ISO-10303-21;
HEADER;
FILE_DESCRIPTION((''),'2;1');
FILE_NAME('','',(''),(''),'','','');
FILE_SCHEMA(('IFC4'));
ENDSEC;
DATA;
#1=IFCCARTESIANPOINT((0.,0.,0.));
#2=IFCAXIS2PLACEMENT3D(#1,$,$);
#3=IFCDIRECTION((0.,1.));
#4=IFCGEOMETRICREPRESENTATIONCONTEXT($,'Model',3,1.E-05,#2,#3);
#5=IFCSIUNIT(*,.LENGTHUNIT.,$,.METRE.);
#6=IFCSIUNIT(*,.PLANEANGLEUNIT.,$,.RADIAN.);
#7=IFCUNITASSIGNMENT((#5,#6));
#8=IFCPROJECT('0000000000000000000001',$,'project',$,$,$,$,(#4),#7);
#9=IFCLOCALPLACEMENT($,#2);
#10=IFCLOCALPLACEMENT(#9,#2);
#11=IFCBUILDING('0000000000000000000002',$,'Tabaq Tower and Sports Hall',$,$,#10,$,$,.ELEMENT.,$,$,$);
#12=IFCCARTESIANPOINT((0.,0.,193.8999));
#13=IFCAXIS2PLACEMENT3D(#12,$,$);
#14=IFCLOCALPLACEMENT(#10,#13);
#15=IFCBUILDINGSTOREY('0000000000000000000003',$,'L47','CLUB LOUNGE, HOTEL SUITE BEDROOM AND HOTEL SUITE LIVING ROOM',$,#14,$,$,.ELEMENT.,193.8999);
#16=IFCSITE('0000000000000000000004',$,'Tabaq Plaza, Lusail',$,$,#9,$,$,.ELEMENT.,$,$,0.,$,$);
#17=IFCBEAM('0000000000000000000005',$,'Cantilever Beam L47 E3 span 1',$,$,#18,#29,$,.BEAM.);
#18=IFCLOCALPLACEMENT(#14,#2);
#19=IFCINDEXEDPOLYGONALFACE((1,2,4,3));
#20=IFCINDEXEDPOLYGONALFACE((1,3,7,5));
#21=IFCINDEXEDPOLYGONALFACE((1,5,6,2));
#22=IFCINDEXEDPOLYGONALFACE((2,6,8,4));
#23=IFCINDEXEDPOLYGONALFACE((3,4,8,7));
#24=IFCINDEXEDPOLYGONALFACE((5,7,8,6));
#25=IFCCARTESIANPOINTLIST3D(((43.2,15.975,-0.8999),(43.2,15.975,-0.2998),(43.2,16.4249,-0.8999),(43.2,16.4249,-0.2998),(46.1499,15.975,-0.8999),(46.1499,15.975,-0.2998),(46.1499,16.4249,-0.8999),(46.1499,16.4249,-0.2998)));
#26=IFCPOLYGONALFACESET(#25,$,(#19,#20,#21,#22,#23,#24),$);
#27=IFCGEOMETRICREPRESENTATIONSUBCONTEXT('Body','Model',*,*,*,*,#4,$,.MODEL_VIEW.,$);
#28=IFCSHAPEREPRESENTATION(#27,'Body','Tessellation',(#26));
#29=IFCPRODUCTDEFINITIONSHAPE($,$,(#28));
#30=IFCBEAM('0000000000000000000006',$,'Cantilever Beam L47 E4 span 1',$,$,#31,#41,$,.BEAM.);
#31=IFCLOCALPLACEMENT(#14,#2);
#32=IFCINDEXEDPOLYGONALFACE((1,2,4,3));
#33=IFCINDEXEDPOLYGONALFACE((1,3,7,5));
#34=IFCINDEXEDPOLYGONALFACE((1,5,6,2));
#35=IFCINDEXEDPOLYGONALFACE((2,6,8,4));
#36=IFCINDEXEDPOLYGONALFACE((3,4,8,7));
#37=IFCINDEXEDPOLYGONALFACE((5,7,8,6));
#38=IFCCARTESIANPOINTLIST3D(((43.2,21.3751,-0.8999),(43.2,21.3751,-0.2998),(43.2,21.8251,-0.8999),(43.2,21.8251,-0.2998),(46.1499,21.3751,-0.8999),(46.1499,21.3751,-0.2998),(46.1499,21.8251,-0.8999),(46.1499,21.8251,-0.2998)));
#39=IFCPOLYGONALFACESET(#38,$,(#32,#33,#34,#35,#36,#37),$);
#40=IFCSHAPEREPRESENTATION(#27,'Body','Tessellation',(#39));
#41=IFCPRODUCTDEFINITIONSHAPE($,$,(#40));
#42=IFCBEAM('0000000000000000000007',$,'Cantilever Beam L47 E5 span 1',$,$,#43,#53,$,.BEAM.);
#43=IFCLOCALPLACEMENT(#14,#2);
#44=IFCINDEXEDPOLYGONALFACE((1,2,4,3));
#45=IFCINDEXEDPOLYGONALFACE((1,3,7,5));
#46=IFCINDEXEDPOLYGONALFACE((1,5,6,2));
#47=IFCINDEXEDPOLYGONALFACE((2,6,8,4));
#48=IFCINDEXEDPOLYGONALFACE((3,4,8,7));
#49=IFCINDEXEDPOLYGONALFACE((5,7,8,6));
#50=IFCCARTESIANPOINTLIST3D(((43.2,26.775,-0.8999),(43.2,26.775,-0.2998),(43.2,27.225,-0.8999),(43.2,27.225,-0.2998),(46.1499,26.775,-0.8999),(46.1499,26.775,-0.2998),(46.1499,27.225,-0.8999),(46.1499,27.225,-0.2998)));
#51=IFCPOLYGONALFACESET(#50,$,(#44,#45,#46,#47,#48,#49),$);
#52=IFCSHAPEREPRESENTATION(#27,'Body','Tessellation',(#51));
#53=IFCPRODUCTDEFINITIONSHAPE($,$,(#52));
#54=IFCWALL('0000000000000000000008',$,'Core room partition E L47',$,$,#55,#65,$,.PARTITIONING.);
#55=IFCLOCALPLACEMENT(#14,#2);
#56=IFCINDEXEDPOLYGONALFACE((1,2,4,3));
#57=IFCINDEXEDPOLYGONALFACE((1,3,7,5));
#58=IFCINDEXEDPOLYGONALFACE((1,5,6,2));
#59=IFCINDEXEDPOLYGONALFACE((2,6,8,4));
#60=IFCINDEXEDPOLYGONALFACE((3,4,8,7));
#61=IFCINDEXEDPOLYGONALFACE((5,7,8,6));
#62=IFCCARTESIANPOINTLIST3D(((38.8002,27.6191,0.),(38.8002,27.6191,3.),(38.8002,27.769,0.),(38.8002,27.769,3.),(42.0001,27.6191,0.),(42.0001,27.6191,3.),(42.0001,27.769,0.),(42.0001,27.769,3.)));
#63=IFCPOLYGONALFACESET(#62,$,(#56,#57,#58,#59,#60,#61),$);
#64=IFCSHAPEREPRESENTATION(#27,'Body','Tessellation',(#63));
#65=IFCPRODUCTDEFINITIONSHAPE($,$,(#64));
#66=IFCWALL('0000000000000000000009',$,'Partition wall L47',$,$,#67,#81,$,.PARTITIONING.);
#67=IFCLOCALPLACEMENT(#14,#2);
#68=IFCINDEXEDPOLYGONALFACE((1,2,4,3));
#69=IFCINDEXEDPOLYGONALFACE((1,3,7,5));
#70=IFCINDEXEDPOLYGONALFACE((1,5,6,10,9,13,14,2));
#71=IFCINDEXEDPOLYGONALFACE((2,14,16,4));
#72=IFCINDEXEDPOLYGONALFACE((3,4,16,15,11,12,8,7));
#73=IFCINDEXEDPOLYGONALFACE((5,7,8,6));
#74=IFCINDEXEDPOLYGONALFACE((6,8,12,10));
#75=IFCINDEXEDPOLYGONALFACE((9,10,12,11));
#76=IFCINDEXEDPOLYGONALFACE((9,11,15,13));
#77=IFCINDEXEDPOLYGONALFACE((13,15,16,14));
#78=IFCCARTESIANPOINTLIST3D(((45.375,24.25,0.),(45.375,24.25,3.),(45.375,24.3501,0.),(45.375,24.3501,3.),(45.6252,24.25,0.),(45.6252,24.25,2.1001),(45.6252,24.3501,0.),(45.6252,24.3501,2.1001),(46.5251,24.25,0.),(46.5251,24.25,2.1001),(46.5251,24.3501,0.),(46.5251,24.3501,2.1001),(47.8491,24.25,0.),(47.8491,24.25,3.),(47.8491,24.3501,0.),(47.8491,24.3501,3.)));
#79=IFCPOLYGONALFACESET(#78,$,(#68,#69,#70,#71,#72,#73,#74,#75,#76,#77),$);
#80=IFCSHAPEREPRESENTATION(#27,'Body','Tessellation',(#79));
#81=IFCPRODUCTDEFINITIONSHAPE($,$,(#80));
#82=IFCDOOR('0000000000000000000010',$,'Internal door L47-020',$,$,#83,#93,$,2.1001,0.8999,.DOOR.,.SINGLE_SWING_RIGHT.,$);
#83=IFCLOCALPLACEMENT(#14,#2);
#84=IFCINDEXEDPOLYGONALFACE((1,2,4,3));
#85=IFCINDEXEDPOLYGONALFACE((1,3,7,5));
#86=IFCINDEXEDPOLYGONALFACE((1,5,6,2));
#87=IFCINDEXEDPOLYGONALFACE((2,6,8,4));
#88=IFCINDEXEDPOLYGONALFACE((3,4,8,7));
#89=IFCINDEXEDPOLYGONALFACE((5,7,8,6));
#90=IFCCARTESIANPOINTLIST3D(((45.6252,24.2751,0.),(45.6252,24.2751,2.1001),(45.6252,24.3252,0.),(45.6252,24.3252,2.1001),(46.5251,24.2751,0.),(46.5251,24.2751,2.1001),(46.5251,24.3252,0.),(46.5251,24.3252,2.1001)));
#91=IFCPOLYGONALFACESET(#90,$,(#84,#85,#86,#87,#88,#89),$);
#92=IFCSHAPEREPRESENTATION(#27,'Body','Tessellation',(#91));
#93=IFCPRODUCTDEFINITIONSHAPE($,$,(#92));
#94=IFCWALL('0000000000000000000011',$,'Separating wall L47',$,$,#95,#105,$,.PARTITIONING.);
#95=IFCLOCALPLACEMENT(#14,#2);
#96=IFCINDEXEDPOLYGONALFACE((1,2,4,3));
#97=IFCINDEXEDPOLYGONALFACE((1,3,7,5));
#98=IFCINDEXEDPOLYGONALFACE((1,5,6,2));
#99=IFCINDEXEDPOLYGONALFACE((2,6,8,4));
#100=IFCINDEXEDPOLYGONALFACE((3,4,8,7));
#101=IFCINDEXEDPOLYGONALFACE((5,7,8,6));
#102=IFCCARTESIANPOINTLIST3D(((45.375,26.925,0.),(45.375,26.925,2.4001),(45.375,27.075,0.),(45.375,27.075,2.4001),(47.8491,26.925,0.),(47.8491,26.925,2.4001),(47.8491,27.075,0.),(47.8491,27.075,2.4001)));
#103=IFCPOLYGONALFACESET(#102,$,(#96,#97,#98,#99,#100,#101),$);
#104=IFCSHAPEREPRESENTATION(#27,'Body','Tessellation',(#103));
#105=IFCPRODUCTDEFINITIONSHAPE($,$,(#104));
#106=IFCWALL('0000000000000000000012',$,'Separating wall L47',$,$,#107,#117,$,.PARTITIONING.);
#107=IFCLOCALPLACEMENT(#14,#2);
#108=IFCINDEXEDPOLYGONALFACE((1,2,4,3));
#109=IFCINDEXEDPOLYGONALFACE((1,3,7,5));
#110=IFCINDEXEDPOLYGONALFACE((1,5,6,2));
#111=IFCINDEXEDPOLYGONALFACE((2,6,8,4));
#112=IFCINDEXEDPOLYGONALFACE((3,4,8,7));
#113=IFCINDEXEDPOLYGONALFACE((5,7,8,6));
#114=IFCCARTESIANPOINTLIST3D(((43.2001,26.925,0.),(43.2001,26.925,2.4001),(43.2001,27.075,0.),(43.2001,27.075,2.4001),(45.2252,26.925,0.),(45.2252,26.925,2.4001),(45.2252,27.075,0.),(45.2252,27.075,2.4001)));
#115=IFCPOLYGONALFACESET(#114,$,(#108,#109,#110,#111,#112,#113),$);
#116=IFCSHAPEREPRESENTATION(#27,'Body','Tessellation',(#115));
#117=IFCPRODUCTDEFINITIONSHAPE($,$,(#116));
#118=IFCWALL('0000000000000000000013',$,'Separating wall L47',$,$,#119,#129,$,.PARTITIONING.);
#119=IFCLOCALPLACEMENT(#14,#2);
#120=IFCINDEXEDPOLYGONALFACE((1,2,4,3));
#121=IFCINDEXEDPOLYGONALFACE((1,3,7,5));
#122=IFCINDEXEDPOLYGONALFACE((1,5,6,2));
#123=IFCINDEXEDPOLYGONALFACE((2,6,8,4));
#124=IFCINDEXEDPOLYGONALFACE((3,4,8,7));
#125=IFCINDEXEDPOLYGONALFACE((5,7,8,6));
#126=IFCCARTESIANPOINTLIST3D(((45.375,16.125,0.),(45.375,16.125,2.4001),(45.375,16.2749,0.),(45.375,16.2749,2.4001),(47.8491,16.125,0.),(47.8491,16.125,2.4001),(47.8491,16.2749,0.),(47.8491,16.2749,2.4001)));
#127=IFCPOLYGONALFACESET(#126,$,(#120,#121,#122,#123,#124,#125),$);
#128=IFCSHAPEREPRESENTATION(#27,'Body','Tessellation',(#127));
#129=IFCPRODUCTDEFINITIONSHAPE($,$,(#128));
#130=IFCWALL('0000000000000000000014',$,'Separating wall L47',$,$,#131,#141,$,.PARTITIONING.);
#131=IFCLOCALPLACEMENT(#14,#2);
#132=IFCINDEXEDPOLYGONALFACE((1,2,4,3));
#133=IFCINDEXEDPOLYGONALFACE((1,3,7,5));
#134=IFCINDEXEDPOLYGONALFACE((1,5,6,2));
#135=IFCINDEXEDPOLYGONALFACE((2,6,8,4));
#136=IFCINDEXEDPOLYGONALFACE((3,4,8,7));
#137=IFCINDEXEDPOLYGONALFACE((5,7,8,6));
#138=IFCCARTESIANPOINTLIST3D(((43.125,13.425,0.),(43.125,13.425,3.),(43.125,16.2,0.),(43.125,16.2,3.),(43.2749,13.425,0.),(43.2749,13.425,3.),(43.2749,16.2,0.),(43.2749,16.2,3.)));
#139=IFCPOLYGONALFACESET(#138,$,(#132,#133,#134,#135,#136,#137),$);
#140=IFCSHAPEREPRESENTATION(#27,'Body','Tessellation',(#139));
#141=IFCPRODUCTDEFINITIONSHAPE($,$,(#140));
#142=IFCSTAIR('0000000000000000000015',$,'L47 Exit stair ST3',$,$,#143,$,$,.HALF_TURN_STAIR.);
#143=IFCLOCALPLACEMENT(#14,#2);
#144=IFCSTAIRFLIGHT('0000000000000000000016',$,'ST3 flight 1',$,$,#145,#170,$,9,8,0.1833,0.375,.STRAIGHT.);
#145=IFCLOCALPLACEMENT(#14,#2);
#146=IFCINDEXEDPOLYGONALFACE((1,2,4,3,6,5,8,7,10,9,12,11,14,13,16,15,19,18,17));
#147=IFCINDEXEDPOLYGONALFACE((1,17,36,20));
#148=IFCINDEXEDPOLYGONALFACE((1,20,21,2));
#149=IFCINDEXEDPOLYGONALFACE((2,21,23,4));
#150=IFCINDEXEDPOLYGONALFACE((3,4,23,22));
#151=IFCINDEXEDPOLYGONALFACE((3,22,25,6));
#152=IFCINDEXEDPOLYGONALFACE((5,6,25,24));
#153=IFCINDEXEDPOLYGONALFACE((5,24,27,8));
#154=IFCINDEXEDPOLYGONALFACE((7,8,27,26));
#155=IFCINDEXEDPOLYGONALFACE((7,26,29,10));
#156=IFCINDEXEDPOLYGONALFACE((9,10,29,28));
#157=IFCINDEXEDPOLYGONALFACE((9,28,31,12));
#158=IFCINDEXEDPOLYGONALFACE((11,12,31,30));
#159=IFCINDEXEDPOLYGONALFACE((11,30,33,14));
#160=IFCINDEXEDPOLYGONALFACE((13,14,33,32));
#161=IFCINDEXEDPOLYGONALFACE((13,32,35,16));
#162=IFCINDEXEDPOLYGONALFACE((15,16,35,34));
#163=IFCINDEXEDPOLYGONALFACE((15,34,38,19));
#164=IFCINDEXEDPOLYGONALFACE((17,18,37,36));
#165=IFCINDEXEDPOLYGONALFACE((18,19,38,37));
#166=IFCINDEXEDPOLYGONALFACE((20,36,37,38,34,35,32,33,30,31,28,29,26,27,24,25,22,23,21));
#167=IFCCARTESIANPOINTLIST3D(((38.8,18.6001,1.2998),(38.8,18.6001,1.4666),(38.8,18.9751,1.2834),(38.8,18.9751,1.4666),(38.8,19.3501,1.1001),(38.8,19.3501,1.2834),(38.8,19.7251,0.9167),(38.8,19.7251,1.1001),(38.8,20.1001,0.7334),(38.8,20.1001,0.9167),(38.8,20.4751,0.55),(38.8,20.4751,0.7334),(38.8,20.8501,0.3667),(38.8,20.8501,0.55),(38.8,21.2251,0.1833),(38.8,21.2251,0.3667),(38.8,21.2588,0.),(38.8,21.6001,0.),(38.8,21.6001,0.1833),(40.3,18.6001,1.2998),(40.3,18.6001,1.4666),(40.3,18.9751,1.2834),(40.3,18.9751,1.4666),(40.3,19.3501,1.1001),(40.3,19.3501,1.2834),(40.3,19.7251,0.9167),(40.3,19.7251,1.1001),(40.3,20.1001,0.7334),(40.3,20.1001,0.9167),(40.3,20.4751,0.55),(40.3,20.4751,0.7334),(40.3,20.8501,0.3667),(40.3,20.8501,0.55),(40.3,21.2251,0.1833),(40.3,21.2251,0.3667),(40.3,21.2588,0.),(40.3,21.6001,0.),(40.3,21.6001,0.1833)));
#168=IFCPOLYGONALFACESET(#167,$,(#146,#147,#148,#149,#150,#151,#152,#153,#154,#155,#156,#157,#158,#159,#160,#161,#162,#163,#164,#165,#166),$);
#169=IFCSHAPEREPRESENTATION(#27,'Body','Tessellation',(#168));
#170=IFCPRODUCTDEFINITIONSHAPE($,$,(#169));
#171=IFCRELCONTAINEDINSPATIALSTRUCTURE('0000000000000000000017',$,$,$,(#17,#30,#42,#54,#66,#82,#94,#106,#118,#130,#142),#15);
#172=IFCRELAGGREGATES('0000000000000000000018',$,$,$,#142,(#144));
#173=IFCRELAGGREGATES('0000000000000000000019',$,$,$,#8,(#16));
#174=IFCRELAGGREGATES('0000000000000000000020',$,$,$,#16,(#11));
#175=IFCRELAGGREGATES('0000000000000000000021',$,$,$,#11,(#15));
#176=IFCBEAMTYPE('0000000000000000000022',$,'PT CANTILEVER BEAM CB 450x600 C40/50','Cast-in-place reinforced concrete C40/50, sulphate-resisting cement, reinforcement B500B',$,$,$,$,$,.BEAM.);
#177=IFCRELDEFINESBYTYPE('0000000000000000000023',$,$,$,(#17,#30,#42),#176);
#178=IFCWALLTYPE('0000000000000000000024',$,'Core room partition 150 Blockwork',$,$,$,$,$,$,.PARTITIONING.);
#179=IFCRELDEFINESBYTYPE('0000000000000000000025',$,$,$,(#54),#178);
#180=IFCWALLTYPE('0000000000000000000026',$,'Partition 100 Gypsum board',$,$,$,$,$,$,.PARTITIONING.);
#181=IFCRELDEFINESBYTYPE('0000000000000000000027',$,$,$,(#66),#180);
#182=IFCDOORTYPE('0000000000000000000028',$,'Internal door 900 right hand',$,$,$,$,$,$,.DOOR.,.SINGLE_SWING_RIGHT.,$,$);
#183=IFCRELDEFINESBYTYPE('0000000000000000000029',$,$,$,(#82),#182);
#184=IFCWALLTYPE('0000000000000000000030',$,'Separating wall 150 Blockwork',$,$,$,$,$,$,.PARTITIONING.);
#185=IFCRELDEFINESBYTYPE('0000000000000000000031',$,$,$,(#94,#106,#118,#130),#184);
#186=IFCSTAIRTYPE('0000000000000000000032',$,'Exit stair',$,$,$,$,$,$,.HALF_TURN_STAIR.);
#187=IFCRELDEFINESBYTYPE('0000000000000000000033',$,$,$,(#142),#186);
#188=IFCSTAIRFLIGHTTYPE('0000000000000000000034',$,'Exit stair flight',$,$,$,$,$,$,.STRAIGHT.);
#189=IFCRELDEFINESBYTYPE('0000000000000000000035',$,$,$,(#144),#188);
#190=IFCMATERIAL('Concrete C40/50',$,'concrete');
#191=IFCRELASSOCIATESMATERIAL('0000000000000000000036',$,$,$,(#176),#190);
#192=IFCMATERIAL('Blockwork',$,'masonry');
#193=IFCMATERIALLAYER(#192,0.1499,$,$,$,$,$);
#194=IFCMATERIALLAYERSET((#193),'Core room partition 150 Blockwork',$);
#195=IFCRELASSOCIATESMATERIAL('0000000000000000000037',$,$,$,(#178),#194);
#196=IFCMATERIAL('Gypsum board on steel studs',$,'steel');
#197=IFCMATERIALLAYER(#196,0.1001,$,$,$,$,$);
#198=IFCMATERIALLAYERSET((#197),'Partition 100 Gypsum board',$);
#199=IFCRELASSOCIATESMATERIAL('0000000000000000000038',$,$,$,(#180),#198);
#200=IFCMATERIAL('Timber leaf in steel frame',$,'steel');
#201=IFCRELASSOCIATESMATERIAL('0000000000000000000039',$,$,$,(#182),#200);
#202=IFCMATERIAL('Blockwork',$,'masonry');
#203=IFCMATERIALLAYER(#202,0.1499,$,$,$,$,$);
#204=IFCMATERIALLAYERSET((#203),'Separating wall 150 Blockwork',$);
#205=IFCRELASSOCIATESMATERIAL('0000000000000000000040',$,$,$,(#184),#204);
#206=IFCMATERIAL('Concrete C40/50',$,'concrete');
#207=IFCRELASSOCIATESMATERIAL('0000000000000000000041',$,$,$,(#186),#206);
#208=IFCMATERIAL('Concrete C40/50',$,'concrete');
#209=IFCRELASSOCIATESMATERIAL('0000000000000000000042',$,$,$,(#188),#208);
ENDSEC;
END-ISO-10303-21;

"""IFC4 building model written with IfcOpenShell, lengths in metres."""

from ifc_helpers import new_model, si_unit, direction, frame, frame_2d, origin, origin_2d, place, context, subcontext, project, spatial, polyline, rectangle, outline, extrude, material, layer, layer_set, material_profile, profile_set, type_object, element, fill, aggregate, save


model = new_model("IFC4")

# Units and contexts
model_context = context("Model", 3, precision=1e-05, world=origin(), true_north=direction((0.0, 1.0)))
body_context = subcontext(model_context, "Body", "Model", "MODEL_VIEW")
ifc_project = project(units=[si_unit("LENGTHUNIT", "METRE"), si_unit("PLANEANGLEUNIT", "RADIAN")], contexts=[model_context])

# Site, building, storey
site_placement = place(None, origin())
site = spatial("IfcSite", under=ifc_project, at=site_placement, Name="Tabaq Plaza, Lusail", CompositionType="ELEMENT", RefElevation=0.0)
building_placement = place(site_placement, origin())
building = spatial("IfcBuilding", under=site, at=building_placement, Name="Tabaq Tower and Sports Hall", CompositionType="ELEMENT")
storey_placement = place(building_placement, frame((0.0, 0.0, 193.8999)))
storey = spatial("IfcBuildingStorey", under=building, at=storey_placement, Name="L47", Description="CLUB LOUNGE, HOTEL SUITE BEDROOM AND HOTEL SUITE LIVING ROOM", CompositionType="ELEMENT", Elevation=193.8999)

# Beams
ifc_material_1 = material(Name="Concrete C40/50", Category="concrete")
ifc_material_profile = material_profile(ifc_material_1, rectangle(XDim=0.45, YDim=0.6001, at=origin_2d()), Name="CB 450x600")
ifc_profile_set = profile_set([ifc_material_profile], Name="Concrete C40/50")
beam_type = type_object("IfcBeamType", Name="PT CANTILEVER BEAM CB 450x600 C40/50", Description="Cast-in-place reinforced concrete C40/50, sulphate-resisting cement, reinforcement B500B", PredefinedType="BEAM", material=ifc_profile_set)
for number, where, z_axis, x_axis, name in (
    (1, (46.1499, 16.2, -0.5999), (-1.0, 0.0, 0.0), (0.0, -1.0, 0.0), "Cantilever Beam L47 E3 span 1"),
    (2, (46.1499, 21.6001, -0.5999), (-1.0, 0.0, 0.0), (0.0, -1.0, 0.0), "Cantilever Beam L47 E4 span 1"),
    (3, (46.1499, 27.0, -0.5999), (-1.0, 0.0, 0.0), (0.0, -1.0, 0.0), "Cantilever Beam L47 E5 span 1"),
):
    element("IfcBeam", number, at=place(storey_placement, frame(where, z_axis=z_axis, x_axis=x_axis)), inside=storey, type_object=beam_type, Name=name, PredefinedType="BEAM", context=body_context, shape_type="SweptSolid", body=[
        extrude(rectangle(XDim=0.45, YDim=0.6001, at=origin_2d()), origin(), (0.0, 0.0, 1.0), 2.95),
    ])

# Wall
ifc_material_2 = material(Name="Blockwork", Category="masonry")
ifc_layer_1 = layer(ifc_material_2, 0.1499)
ifc_layer_set_1 = layer_set([ifc_layer_1], Name="Core room partition 150 Blockwork")
wall_type_1 = type_object("IfcWallType", Name="Core room partition 150 Blockwork", PredefinedType="PARTITIONING", material=ifc_layer_set_1)
wall_1_placement = place(storey_placement, frame((38.8, 27.6941, 0.0), z_axis=(0.0, 0.0, 1.0), x_axis=(1.0, 0.0, 0.0)))
element("IfcWall", 4, at=wall_1_placement, inside=storey, type_object=wall_type_1, Name="Core room partition E L47", PredefinedType="PARTITIONING", context=body_context, shape_type="SweptSolid", body=[
    extrude(rectangle(XDim=3.2, YDim=0.1499, at=frame_2d((1.6001, 0.0))), origin(), (0.0, 0.0, 1.0), 3.0),
])

# Wall, opening, door
ifc_material_3 = material(Name="Gypsum board on steel studs", Category="steel")
ifc_layer_2 = layer(ifc_material_3, 0.1001)
ifc_layer_set_2 = layer_set([ifc_layer_2], Name="Partition 100 Gypsum board")
wall_type_2 = type_object("IfcWallType", Name="Partition 100 Gypsum board", PredefinedType="PARTITIONING", material=ifc_layer_set_2)
wall_2_placement = place(storey_placement, frame((47.8491, 24.3, 0.0), z_axis=(0.0, 0.0, 1.0), x_axis=(-1.0, 0.0, 0.0)))
wall_2 = element("IfcWall", 5, at=wall_2_placement, inside=storey, type_object=wall_type_2, Name="Partition wall L47", PredefinedType="PARTITIONING", context=body_context, shape_type="SweptSolid", body=[
    extrude(rectangle(XDim=2.4741, YDim=0.1001, at=frame_2d((1.2371, 0.0))), origin(), (0.0, 0.0, 1.0), 3.0),
])
opening_1_placement = place(wall_2_placement, frame((1.324, 0.0, 0.0)))
opening_1 = element("IfcOpeningElement", 6, at=opening_1_placement, cuts=wall_2, PredefinedType="OPENING", context=body_context, shape_type="SweptSolid", body=[
    extrude(rectangle(XDim=0.8999, YDim=2.1001, at=frame_2d((0.45, 1.05))), frame((0.0, 0.05, 0.0), z_axis=(0.0, -1.0, 0.0), x_axis=(1.0, 0.0, 0.0)), (0.0, 0.0, 1.0), 0.1001),
])
ifc_material_4 = material(Name="Timber leaf in steel frame", Category="steel")
door_type_1 = type_object("IfcDoorType", Name="Internal door 900 right hand", OperationType="SINGLE_SWING_RIGHT", PredefinedType="DOOR", material=ifc_material_4)
door_1_placement = place(opening_1_placement, origin())
door_1 = element("IfcDoor", 7, at=door_1_placement, inside=storey, type_object=door_type_1, Name="Internal door L47-020", OperationType="SINGLE_SWING_RIGHT", OverallHeight=2.1001, OverallWidth=0.8999, PredefinedType="DOOR", context=body_context, shape_type="SweptSolid", body=[
    extrude(rectangle(XDim=0.8999, YDim=2.1001, at=frame_2d((0.45, 1.05))), frame((0.0, 0.0249, 0.0), z_axis=(0.0, -1.0, 0.0), x_axis=(1.0, 0.0, 0.0)), (0.0, 0.0, 1.0), 0.05),
])
fill(opening_1, door_1)

# Walls
ifc_material_5 = material(Name="Blockwork", Category="masonry")
ifc_layer_3 = layer(ifc_material_5, 0.1499)
ifc_layer_set_3 = layer_set([ifc_layer_3], Name="Separating wall 150 Blockwork")
wall_type_3 = type_object("IfcWallType", Name="Separating wall 150 Blockwork", PredefinedType="PARTITIONING", material=ifc_layer_set_3)
wall_3_placement = place(storey_placement, frame((45.375, 27.0, 0.0), z_axis=(0.0, 0.0, 1.0), x_axis=(1.0, 0.0, 0.0)))
element("IfcWall", 8, at=wall_3_placement, inside=storey, type_object=wall_type_3, Name="Separating wall L47", PredefinedType="PARTITIONING", context=body_context, shape_type="SweptSolid", body=[
    extrude(rectangle(XDim=2.4741, YDim=0.1499, at=frame_2d((1.2371, 0.0))), origin(), (0.0, 0.0, 1.0), 2.4001),
])
wall_4_placement = place(storey_placement, frame((43.2, 27.0, 0.0), z_axis=(0.0, 0.0, 1.0), x_axis=(1.0, 0.0, 0.0)))
element("IfcWall", 9, at=wall_4_placement, inside=storey, type_object=wall_type_3, Name="Separating wall L47", PredefinedType="PARTITIONING", context=body_context, shape_type="SweptSolid", body=[
    extrude(rectangle(XDim=2.0251, YDim=0.1499, at=frame_2d((1.0127, 0.0))), origin(), (0.0, 0.0, 1.0), 2.4001),
])
wall_5_placement = place(storey_placement, frame((47.8491, 16.2, 0.0), z_axis=(0.0, 0.0, 1.0), x_axis=(-1.0, 0.0, 0.0)))
element("IfcWall", 10, at=wall_5_placement, inside=storey, type_object=wall_type_3, Name="Separating wall L47", PredefinedType="PARTITIONING", context=body_context, shape_type="SweptSolid", body=[
    extrude(rectangle(XDim=2.4741, YDim=0.1499, at=frame_2d((1.2371, 0.0))), origin(), (0.0, 0.0, 1.0), 2.4001),
])
wall_6_placement = place(storey_placement, frame((43.2, 16.2, 0.0), z_axis=(0.0, 0.0, 1.0), x_axis=(0.0, -1.0, 0.0)))
element("IfcWall", 11, at=wall_6_placement, inside=storey, type_object=wall_type_3, Name="Separating wall L47", PredefinedType="PARTITIONING", context=body_context, shape_type="SweptSolid", body=[
    extrude(rectangle(XDim=2.7749, YDim=0.1499, at=frame_2d((1.3875, 0.0))), origin(), (0.0, 0.0, 1.0), 3.0),
])

# Stair, stair flight
ifc_material_6 = material(Name="Concrete C40/50", Category="concrete")
stair_type = type_object("IfcStairType", Name="Exit stair", PredefinedType="HALF_TURN_STAIR", material=ifc_material_6)
stair_placement = place(storey_placement, origin())
stair = element("IfcStair", 12, at=stair_placement, inside=storey, type_object=stair_type, Name="L47 Exit stair ST3", PredefinedType="HALF_TURN_STAIR")
ifc_material_7 = material(Name="Concrete C40/50", Category="concrete")
stair_flight_type = type_object("IfcStairFlightType", Name="Exit stair flight", PredefinedType="STRAIGHT", material=ifc_material_7)
stair_flight_1_placement = place(storey_placement, frame((39.55, 21.6001, 0.0), z_axis=(0.0, 0.0, 1.0), x_axis=(0.0, -1.0, 0.0)))
stair_flight_1 = element("IfcStairFlight", 13, at=stair_flight_1_placement, type_object=stair_flight_type, Name="ST3 flight 1", NumberOfRisers=9, NumberOfTreads=8, PredefinedType="STRAIGHT", RiserHeight=0.1833, TreadLength=0.375, context=body_context, shape_type="SweptSolid", body=[
    extrude(outline(polyline([(0.0, 0.0), (0.0, 0.1833), (0.375, 0.1833), (0.375, 0.3667), (0.75, 0.3667), (0.75, 0.55), (1.125, 0.55), (1.125, 0.7334), (1.5, 0.7334), (1.5, 0.9167), (1.875, 0.9167), (1.875, 1.1001), (2.25, 1.1001), (2.25, 1.2834), (2.625, 1.2834), (2.625, 1.4666), (3.0, 1.4666), (3.0, 1.6499), (3.0, 1.2998), (0.3413, 0.0), (0.0, 0.0)])), frame((0.0, 0.75, 0.0), z_axis=(0.0, -1.0, 0.0), x_axis=(1.0, 0.0, 0.0)), (0.0, 0.0, 1.0), 1.5),
])
aggregate(stair, [stair_flight_1])

save(model, "model.ifc")
